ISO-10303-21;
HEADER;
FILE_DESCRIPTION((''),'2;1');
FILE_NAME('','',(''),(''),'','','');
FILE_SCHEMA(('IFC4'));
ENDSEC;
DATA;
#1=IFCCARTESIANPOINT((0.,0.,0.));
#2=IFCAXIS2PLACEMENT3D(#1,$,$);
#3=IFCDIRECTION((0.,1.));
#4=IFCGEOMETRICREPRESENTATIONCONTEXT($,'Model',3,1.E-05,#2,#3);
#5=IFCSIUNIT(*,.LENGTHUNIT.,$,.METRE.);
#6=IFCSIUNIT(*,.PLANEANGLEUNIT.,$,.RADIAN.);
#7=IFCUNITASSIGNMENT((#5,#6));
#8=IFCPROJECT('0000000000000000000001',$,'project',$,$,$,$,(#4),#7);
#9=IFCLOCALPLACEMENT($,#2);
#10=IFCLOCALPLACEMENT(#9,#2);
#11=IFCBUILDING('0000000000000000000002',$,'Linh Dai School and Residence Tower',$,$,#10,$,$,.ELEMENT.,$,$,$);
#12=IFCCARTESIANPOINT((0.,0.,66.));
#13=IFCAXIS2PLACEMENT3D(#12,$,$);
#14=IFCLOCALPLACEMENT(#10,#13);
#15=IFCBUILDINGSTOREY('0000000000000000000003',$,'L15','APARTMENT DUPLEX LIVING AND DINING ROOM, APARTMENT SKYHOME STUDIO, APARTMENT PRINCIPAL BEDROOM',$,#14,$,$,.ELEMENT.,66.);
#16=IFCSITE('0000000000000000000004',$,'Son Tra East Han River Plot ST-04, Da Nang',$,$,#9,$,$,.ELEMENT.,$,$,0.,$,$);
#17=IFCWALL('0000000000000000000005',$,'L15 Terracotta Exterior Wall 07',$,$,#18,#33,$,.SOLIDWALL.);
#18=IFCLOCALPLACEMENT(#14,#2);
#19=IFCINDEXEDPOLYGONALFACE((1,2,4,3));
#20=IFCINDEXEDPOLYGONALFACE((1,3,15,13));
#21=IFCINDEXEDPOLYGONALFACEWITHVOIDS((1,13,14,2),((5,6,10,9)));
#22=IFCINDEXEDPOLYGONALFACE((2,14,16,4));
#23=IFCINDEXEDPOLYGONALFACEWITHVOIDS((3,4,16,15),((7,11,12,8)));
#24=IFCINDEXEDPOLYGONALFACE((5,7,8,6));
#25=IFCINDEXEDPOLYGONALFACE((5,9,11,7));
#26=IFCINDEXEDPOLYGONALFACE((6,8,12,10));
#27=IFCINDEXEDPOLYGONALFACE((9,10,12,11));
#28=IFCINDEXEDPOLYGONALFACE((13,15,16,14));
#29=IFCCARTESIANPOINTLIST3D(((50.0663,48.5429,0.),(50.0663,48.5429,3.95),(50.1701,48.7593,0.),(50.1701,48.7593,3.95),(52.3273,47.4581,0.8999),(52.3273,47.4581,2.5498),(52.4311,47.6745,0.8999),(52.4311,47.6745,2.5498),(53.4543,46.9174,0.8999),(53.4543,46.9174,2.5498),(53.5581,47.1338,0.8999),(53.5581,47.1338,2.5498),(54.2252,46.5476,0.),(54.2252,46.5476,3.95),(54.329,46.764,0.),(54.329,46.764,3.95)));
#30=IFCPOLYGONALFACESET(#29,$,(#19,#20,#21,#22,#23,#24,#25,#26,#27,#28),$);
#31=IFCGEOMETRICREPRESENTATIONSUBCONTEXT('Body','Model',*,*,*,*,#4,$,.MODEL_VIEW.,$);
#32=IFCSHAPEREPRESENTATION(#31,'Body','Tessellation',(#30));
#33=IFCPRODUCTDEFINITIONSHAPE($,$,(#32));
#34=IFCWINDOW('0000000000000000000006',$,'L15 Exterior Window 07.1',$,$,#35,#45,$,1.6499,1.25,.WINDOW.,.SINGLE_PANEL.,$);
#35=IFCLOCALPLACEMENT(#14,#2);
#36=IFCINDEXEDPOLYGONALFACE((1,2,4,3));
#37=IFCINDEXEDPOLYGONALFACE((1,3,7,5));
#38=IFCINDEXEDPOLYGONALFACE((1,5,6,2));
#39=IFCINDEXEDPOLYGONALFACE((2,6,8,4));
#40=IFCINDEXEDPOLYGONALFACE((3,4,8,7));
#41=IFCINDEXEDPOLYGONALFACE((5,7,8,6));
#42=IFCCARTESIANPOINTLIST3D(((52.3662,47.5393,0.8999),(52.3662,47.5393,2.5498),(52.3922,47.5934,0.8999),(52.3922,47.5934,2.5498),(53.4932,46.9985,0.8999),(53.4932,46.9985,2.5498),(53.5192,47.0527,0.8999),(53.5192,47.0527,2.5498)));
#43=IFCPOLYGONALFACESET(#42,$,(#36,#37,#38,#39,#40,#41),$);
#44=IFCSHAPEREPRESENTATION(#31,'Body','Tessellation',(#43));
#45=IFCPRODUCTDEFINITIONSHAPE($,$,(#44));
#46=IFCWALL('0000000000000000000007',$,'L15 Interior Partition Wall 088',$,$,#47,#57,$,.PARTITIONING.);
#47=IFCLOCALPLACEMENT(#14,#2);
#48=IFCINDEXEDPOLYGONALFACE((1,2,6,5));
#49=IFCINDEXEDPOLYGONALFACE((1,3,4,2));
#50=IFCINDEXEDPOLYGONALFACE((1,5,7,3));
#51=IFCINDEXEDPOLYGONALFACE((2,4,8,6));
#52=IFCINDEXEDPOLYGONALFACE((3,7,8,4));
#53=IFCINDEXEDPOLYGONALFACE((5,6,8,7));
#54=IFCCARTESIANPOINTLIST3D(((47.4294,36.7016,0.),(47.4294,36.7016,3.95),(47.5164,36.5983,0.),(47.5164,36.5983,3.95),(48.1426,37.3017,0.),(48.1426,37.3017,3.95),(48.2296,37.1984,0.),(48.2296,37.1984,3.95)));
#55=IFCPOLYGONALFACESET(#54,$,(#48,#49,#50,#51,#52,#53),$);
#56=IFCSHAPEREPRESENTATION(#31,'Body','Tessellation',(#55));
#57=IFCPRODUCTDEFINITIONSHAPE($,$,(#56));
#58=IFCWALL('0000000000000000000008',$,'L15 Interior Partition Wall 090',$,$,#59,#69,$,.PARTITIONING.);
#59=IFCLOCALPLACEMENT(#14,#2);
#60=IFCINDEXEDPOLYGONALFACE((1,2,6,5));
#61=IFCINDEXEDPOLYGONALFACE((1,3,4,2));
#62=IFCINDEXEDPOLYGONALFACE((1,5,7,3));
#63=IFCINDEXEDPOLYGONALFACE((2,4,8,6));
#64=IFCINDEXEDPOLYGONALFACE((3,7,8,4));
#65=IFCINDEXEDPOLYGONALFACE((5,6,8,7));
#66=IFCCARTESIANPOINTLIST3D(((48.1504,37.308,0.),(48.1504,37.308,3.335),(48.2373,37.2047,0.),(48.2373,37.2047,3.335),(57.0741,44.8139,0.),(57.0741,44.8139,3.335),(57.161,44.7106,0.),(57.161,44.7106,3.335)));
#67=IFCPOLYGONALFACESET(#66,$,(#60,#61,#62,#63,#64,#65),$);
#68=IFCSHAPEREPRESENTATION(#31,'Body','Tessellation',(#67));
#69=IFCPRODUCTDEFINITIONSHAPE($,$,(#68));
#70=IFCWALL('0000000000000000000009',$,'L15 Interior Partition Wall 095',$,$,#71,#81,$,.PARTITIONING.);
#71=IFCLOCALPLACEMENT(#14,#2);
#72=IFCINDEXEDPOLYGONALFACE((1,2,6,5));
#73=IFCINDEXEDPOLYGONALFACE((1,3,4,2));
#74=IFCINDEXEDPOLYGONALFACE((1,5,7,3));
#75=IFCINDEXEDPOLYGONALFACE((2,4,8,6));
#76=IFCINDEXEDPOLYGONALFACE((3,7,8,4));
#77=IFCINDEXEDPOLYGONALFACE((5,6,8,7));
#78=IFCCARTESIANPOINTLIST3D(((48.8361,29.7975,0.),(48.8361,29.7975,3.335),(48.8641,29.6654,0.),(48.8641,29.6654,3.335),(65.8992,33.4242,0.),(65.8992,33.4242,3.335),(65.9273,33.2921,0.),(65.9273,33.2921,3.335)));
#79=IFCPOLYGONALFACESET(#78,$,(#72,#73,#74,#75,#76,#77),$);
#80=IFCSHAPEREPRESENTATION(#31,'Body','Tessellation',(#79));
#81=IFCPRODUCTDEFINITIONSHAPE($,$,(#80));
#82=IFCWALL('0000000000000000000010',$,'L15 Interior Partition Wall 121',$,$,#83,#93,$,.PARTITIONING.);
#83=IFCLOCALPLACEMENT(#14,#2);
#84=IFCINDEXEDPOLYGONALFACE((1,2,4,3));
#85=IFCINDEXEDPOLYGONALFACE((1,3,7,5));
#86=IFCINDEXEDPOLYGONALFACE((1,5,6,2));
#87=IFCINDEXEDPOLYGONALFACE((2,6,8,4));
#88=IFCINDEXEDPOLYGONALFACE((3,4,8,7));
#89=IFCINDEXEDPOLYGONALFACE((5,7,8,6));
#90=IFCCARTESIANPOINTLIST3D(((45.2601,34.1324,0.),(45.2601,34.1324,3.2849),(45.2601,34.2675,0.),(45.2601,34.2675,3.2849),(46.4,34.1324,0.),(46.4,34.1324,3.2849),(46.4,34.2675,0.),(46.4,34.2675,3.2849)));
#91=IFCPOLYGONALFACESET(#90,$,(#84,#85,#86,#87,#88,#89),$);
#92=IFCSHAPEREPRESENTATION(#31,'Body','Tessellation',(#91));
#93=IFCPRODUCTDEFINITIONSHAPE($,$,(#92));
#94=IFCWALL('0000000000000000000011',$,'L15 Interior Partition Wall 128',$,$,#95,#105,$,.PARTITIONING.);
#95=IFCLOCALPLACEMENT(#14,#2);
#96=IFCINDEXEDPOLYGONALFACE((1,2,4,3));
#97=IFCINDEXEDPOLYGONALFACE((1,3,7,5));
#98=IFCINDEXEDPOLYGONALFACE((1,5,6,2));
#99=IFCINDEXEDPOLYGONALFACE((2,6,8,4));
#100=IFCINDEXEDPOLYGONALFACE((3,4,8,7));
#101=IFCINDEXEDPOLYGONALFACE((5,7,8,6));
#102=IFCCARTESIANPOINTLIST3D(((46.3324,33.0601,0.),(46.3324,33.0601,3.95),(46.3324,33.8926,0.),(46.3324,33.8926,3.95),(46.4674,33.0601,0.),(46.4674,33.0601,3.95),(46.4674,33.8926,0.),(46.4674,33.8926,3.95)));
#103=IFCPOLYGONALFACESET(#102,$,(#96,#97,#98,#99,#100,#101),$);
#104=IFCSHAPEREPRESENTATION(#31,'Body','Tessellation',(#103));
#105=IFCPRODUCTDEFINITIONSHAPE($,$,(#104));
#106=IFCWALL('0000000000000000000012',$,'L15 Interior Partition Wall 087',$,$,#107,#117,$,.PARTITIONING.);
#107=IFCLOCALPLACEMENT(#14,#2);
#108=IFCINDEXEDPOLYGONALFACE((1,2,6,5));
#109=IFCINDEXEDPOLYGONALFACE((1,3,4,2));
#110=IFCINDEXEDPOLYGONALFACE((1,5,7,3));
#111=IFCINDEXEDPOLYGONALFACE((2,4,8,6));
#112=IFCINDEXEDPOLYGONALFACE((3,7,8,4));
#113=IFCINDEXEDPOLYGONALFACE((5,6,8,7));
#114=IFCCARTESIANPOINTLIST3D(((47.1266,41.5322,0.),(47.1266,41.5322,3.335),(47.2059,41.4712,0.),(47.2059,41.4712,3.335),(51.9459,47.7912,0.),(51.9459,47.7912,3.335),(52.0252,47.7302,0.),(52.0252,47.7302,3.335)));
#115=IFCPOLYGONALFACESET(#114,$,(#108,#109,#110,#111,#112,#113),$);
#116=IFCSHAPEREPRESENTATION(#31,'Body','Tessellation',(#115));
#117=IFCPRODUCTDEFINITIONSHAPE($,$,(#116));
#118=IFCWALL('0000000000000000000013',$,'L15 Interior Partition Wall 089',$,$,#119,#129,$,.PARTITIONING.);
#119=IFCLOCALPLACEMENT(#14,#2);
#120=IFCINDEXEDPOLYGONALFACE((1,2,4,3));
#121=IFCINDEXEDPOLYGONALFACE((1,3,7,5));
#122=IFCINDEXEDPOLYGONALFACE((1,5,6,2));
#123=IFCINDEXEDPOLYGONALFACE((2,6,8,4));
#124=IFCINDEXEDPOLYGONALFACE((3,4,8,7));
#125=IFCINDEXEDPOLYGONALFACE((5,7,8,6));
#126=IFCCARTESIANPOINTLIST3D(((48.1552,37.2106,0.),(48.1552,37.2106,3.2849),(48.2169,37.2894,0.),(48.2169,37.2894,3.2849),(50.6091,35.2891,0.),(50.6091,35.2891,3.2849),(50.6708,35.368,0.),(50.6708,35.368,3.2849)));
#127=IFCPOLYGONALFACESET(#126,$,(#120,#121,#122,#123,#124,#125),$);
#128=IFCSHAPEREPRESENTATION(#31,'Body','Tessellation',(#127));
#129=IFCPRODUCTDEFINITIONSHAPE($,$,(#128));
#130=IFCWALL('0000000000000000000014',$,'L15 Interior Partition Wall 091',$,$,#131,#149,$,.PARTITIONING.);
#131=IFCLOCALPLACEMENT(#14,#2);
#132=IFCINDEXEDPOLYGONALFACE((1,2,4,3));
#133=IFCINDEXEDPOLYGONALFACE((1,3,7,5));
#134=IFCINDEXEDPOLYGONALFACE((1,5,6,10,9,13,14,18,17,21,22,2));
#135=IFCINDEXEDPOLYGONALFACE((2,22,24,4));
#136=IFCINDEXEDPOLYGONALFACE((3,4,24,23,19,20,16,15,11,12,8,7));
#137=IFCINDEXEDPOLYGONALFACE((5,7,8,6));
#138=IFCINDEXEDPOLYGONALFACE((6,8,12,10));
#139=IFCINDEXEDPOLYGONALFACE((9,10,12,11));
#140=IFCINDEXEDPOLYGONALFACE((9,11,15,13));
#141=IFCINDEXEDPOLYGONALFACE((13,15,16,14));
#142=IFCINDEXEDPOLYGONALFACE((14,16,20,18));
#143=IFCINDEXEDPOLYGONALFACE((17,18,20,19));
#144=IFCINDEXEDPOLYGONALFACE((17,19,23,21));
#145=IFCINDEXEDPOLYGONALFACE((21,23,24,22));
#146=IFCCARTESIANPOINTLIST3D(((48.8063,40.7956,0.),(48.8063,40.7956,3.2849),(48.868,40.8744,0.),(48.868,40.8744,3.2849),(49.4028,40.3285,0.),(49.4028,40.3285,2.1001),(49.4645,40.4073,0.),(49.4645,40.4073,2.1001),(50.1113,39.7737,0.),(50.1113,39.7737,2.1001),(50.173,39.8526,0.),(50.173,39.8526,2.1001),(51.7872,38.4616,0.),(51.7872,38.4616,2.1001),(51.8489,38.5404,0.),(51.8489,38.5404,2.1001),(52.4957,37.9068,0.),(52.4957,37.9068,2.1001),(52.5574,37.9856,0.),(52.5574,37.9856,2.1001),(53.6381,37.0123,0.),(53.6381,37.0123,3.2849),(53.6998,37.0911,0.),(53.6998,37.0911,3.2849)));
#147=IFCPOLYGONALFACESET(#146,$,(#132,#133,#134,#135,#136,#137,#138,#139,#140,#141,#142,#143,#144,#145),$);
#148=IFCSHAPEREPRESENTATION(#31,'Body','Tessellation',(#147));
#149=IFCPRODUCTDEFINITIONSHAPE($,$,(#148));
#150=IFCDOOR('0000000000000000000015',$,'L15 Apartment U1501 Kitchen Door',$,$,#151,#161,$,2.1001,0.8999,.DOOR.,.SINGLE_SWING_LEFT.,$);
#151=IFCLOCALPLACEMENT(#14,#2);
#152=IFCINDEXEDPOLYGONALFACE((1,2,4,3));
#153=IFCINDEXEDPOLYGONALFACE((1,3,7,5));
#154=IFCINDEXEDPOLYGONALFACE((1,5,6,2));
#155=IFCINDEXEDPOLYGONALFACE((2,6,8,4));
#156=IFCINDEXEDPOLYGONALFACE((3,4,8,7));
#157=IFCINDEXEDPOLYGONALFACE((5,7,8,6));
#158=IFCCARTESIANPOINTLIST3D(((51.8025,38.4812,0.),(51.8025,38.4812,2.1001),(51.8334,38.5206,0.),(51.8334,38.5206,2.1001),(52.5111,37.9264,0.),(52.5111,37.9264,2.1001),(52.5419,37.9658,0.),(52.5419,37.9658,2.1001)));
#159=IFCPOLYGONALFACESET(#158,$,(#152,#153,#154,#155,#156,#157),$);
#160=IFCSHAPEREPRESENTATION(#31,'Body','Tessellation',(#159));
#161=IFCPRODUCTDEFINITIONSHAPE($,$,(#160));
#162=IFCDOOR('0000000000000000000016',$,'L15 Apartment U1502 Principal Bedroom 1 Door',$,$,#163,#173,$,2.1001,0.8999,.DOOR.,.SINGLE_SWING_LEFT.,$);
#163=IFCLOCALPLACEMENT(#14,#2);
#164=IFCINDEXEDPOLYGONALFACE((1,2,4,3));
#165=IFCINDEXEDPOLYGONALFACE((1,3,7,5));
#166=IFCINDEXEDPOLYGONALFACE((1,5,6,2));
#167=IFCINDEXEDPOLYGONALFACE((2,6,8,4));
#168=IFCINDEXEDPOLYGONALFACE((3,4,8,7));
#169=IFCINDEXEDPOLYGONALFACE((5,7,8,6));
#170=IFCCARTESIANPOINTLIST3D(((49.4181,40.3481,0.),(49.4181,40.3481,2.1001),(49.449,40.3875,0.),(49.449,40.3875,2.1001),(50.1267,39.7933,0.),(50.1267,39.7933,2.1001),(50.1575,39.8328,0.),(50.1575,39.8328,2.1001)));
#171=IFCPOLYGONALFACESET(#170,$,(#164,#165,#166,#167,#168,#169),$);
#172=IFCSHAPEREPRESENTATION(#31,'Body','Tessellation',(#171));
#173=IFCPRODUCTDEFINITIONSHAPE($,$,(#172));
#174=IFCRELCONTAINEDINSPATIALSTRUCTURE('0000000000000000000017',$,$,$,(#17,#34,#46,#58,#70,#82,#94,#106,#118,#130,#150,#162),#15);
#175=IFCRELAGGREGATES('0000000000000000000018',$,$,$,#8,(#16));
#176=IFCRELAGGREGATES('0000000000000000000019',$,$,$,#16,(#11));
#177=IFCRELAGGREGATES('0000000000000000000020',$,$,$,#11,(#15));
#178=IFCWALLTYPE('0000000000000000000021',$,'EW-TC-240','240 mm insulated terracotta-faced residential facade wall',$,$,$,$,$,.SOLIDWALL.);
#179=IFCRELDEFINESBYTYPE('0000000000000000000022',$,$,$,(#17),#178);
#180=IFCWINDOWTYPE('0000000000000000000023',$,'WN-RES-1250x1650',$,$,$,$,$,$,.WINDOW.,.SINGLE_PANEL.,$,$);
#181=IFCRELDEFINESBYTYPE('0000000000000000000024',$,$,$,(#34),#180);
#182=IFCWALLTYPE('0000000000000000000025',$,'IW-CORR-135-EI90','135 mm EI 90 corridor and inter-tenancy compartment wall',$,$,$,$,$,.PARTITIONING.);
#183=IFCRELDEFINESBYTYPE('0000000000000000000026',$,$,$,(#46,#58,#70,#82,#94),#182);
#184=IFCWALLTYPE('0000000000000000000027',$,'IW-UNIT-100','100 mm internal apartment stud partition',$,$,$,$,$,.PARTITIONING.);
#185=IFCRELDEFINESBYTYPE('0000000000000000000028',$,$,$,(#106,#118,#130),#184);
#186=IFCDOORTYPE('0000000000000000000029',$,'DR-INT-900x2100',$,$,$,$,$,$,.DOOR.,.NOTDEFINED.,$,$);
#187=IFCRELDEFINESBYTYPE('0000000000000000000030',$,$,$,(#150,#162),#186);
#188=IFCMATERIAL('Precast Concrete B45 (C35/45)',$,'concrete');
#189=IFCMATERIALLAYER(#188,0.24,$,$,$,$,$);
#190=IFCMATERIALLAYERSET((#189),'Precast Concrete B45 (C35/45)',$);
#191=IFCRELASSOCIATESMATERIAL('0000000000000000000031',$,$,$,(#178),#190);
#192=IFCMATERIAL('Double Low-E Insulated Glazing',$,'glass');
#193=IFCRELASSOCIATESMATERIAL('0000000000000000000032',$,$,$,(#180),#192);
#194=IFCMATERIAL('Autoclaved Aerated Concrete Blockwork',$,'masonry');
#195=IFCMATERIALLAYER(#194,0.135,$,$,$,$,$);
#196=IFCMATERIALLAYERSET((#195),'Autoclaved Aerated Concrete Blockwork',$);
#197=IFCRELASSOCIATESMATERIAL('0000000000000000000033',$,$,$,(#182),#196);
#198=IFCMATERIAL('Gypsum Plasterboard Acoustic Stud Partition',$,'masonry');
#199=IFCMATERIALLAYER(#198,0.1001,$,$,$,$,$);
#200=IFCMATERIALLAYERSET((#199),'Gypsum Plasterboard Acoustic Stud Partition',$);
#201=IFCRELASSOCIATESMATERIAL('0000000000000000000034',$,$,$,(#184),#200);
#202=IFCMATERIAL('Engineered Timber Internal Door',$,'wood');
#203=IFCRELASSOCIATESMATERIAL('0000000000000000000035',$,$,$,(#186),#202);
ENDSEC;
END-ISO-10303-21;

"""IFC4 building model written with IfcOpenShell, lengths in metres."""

from ifc_helpers import new_model, si_unit, direction, frame, frame_2d, origin, origin_2d, place, context, subcontext, project, spatial, rectangle, extrude, source, transform, mapped, material, layer, layer_set, type_object, element, fill, save


model = new_model("IFC4")

# Units and contexts
model_context = context("Model", 3, precision=1e-05, world=origin(), true_north=direction((0.0, 1.0)))
body_context = subcontext(model_context, "Body", "Model", "MODEL_VIEW")
ifc_project = project(units=[si_unit("LENGTHUNIT", "METRE"), si_unit("PLANEANGLEUNIT", "RADIAN")], contexts=[model_context])

# Site, building, storey
site_placement = place(None, origin())
site = spatial("IfcSite", under=ifc_project, at=site_placement, Name="Son Tra East Han River Plot ST-04, Da Nang", CompositionType="ELEMENT", RefElevation=0.0)
building_placement = place(site_placement, origin())
building = spatial("IfcBuilding", under=site, at=building_placement, Name="Linh Dai School and Residence Tower", CompositionType="ELEMENT")
storey_placement = place(building_placement, frame((0.0, 0.0, 66.0)))
storey = spatial("IfcBuildingStorey", under=building, at=storey_placement, Name="L15", Description="APARTMENT DUPLEX LIVING AND DINING ROOM, APARTMENT SKYHOME STUDIO, APARTMENT PRINCIPAL BEDROOM", CompositionType="ELEMENT", Elevation=66.0)

# Shared definitions
ifc_material_1 = material(Name="Double Low-E Insulated Glazing", Category="glass")

# Wall, opening, window
ifc_material_2 = material(Name="Precast Concrete B45 (C35/45)", Category="concrete")
ifc_layer_1 = layer(ifc_material_2, 0.24)
ifc_layer_set_1 = layer_set([ifc_layer_1], Name="Precast Concrete B45 (C35/45)")
wall_type_1 = type_object("IfcWallType", Name="EW-TC-240", Description="240 mm insulated terracotta-faced residential facade wall", PredefinedType="SOLIDWALL", material=ifc_layer_set_1)
wall_1_placement = place(storey_placement, frame((50.1182, 48.6511, 0.0), z_axis=(0.0, 0.0, 1.0), x_axis=(0.901602, -0.432568, 0.0)))
wall_1 = element("IfcWall", 1, at=wall_1_placement, inside=storey, type_object=wall_type_1, Name="L15 Terracotta Exterior Wall 07", PredefinedType="SOLIDWALL", context=body_context, shape_type="SweptSolid", body=[
    extrude(rectangle(XDim=4.6128, YDim=0.24, at=frame_2d((2.3064, 0.0))), origin(), (0.0, 0.0, 1.0), 3.95),
])
opening_1_placement = place(wall_1_placement, frame((2.5078, 0.0, 0.8999)))
opening_1 = element("IfcOpeningElement", 2, at=opening_1_placement, cuts=wall_1, PredefinedType="OPENING", context=body_context, shape_type="SweptSolid", body=[
    extrude(rectangle(XDim=1.25, YDim=1.6499, at=origin_2d()), frame((0.625, 0.1299, 0.825), z_axis=(0.0, -1.0, 0.0), x_axis=(1.0, 0.0, 0.0)), (0.0, 0.0, 1.0), 0.26),
])
window_type = type_object("IfcWindowType", Name="WN-RES-1250x1650", PartitioningType="SINGLE_PANEL", PredefinedType="WINDOW", material=ifc_material_1)
shared_shape_1 = source(origin(), body_context, "Body", "SweptSolid", [
    extrude(rectangle(XDim=1.25, YDim=1.6499, at=origin_2d()), frame((0.625, 0.03, 0.825), z_axis=(0.0, -1.0, 0.0), x_axis=(1.0, 0.0, 0.0)), (0.0, 0.0, 1.0), 0.0601),
])
window_placement = place(opening_1_placement, origin())
window = element("IfcWindow", 3, at=window_placement, inside=storey, type_object=window_type, Name="L15 Exterior Window 07.1", OverallHeight=1.6499, OverallWidth=1.25, PartitioningType="SINGLE_PANEL", PredefinedType="WINDOW", context=body_context, shape_type="MappedRepresentation", body=[
    mapped(shared_shape_1, transform((0.0, 0.0, 0.0), x_axis=(1.0, 0.0, 0.0), y_axis=(0.0, 1.0, 0.0), z_axis=(0.0, 0.0, 1.0), scale=1.0)),
])
fill(opening_1, window)

# Walls
ifc_material_3 = material(Name="Autoclaved Aerated Concrete Blockwork", Category="masonry")
ifc_layer_2 = layer(ifc_material_3, 0.135)
ifc_layer_set_2 = layer_set([ifc_layer_2], Name="Autoclaved Aerated Concrete Blockwork")
wall_type_2 = type_object("IfcWallType", Name="IW-CORR-135-EI90", Description="135 mm EI 90 corridor and inter-tenancy compartment wall", PredefinedType="PARTITIONING", material=ifc_layer_set_2)
wall_2_placement = place(storey_placement, frame((47.4729, 36.6499, 0.0), z_axis=(0.0, 0.0, 1.0), x_axis=(0.765142, 0.643861, 0.0)))
element("IfcWall", 4, at=wall_2_placement, inside=storey, type_object=wall_type_2, Name="L15 Interior Partition Wall 088", PredefinedType="PARTITIONING", context=body_context, shape_type="SweptSolid", body=[
    extrude(rectangle(XDim=0.9321, YDim=0.135, at=frame_2d((0.4661, 0.0))), origin(), (0.0, 0.0, 1.0), 3.95),
])
wall_3_placement = place(storey_placement, frame((48.1938, 37.2563, 0.0), z_axis=(0.0, 0.0, 1.0), x_axis=(0.76528, 0.643697, 0.0)))
element("IfcWall", 5, at=wall_3_placement, inside=storey, type_object=wall_type_2, Name="L15 Interior Partition Wall 090", PredefinedType="PARTITIONING", context=body_context, shape_type="SweptSolid", body=[
    extrude(rectangle(XDim=11.6606, YDim=0.135, at=frame_2d((5.8303, 0.0))), origin(), (0.0, 0.0, 1.0), 3.335),
])
wall_4_placement = place(storey_placement, frame((48.8501, 29.7314, 0.0), z_axis=(0.0, 0.0, 1.0), x_axis=(0.97815, 0.207901, 0.0)))
element("IfcWall", 6, at=wall_4_placement, inside=storey, type_object=wall_type_2, Name="L15 Interior Partition Wall 095", PredefinedType="PARTITIONING", context=body_context, shape_type="SweptSolid", body=[
    extrude(rectangle(XDim=17.4443, YDim=0.135, at=frame_2d((8.7222, 0.0))), origin(), (0.0, 0.0, 1.0), 3.335),
])
wall_5_placement = place(storey_placement, frame((46.3999, 34.2, 0.0), z_axis=(0.0, 0.0, 1.0), x_axis=(-1.0, 0.0, 0.0)))
element("IfcWall", 7, at=wall_5_placement, inside=storey, type_object=wall_type_2, Name="L15 Interior Partition Wall 121", PredefinedType="PARTITIONING", context=body_context, shape_type="SweptSolid", body=[
    extrude(rectangle(XDim=1.1399, YDim=0.135, at=frame_2d((0.5698, 0.0))), origin(), (0.0, 0.0, 1.0), 3.2849),
])
wall_6_placement = place(storey_placement, frame((46.3999, 33.0601, 0.0), z_axis=(0.0, 0.0, 1.0), x_axis=(0.0, 1.0, 0.0)))
element("IfcWall", 8, at=wall_6_placement, inside=storey, type_object=wall_type_2, Name="L15 Interior Partition Wall 128", PredefinedType="PARTITIONING", context=body_context, shape_type="SweptSolid", body=[
    extrude(rectangle(XDim=0.8325, YDim=0.135, at=frame_2d((0.4163, 0.0))), origin(), (0.0, 0.0, 1.0), 3.95),
])
ifc_material_4 = material(Name="Gypsum Plasterboard Acoustic Stud Partition", Category="masonry")
ifc_layer_3 = layer(ifc_material_4, 0.1001)
ifc_layer_set_3 = layer_set([ifc_layer_3], Name="Gypsum Plasterboard Acoustic Stud Partition")
wall_type_3 = type_object("IfcWallType", Name="IW-UNIT-100", Description="100 mm internal apartment stud partition", PredefinedType="PARTITIONING", material=ifc_layer_set_3)
wall_7_placement = place(storey_placement, frame((47.1663, 41.5017, 0.0), z_axis=(0.0, 0.0, 1.0), x_axis=(0.610084, 0.792337, 0.0)))
element("IfcWall", 9, at=wall_7_placement, inside=storey, type_object=wall_type_3, Name="L15 Interior Partition Wall 087", PredefinedType="PARTITIONING", context=body_context, shape_type="SweptSolid", body=[
    extrude(rectangle(XDim=7.8994, YDim=0.1001, at=frame_2d((3.9497, 0.0))), origin(), (0.0, 0.0, 1.0), 3.335),
])
wall_8_placement = place(storey_placement, frame((48.186, 37.25, 0.0), z_axis=(0.0, 0.0, 1.0), x_axis=(0.787353, -0.616503, 0.0)))
element("IfcWall", 10, at=wall_8_placement, inside=storey, type_object=wall_type_3, Name="L15 Interior Partition Wall 089", PredefinedType="PARTITIONING", context=body_context, shape_type="SweptSolid", body=[
    extrude(rectangle(XDim=3.1167, YDim=0.1001, at=frame_2d((1.5583, 0.0))), origin(), (0.0, 0.0, 1.0), 3.2849),
])

# Wall, openings, doors
wall_9_placement = place(storey_placement, frame((48.8372, 40.835, 0.0), z_axis=(0.0, 0.0, 1.0), x_axis=(0.787362, -0.616491, 0.0)))
wall_9 = element("IfcWall", 11, at=wall_9_placement, inside=storey, type_object=wall_type_3, Name="L15 Interior Partition Wall 091", PredefinedType="PARTITIONING", context=body_context, shape_type="SweptSolid", body=[
    extrude(rectangle(XDim=6.1367, YDim=0.1001, at=frame_2d((3.0684, 0.0))), origin(), (0.0, 0.0, 1.0), 3.2849),
])
opening_2_placement = place(wall_9_placement, frame((3.7859, 0.0, 0.0)))
opening_2 = element("IfcOpeningElement", 12, at=opening_2_placement, cuts=wall_9, PredefinedType="OPENING", context=body_context, shape_type="SweptSolid", body=[
    extrude(rectangle(XDim=0.8999, YDim=2.1001, at=origin_2d()), frame((0.45, 0.0601, 1.05), z_axis=(0.0, -1.0, 0.0), x_axis=(1.0, 0.0, 0.0)), (0.0, 0.0, 1.0), 0.1201),
])
opening_3_placement = place(wall_9_placement, frame((0.7576, 0.0, 0.0)))
opening_3 = element("IfcOpeningElement", 13, at=opening_3_placement, cuts=wall_9, PredefinedType="OPENING", context=body_context, shape_type="SweptSolid", body=[
    extrude(rectangle(XDim=0.8999, YDim=2.1001, at=origin_2d()), frame((0.45, 0.0601, 1.05), z_axis=(0.0, -1.0, 0.0), x_axis=(1.0, 0.0, 0.0)), (0.0, 0.0, 1.0), 0.1201),
])
ifc_material_5 = material(Name="Engineered Timber Internal Door", Category="wood")
door_type_1 = type_object("IfcDoorType", Name="DR-INT-900x2100", OperationType="NOTDEFINED", PredefinedType="DOOR", material=ifc_material_5)
shared_shape_2 = source(origin(), body_context, "Body", "SweptSolid", [
    extrude(rectangle(XDim=0.8999, YDim=2.1001, at=origin_2d()), frame((0.45, 0.0249, 1.05), z_axis=(0.0, -1.0, 0.0), x_axis=(1.0, 0.0, 0.0)), (0.0, 0.0, 1.0), 0.05),
])
door_1_placement = place(opening_2_placement, origin())
door_1 = element("IfcDoor", 14, at=door_1_placement, inside=storey, type_object=door_type_1, Name="L15 Apartment U1501 Kitchen Door", OperationType="SINGLE_SWING_LEFT", OverallHeight=2.1001, OverallWidth=0.8999, PredefinedType="DOOR", context=body_context, shape_type="MappedRepresentation", body=[
    mapped(shared_shape_2, transform((0.0, 0.0, 0.0), x_axis=(1.0, 0.0, 0.0), y_axis=(0.0, 1.0, 0.0), z_axis=(0.0, 0.0, 1.0), scale=1.0)),
])
fill(opening_2, door_1)
door_2_placement = place(opening_3_placement, origin())
door_2 = element("IfcDoor", 15, at=door_2_placement, inside=storey, type_object=door_type_1, Name="L15 Apartment U1502 Principal Bedroom 1 Door", OperationType="SINGLE_SWING_LEFT", OverallHeight=2.1001, OverallWidth=0.8999, PredefinedType="DOOR", context=body_context, shape_type="MappedRepresentation", body=[
    mapped(shared_shape_2, transform((0.0, 0.0, 0.0), x_axis=(1.0, 0.0, 0.0), y_axis=(0.0, 1.0, 0.0), z_axis=(0.0, 0.0, 1.0), scale=1.0)),
])
fill(opening_3, door_2)

save(model, "model.ifc")
